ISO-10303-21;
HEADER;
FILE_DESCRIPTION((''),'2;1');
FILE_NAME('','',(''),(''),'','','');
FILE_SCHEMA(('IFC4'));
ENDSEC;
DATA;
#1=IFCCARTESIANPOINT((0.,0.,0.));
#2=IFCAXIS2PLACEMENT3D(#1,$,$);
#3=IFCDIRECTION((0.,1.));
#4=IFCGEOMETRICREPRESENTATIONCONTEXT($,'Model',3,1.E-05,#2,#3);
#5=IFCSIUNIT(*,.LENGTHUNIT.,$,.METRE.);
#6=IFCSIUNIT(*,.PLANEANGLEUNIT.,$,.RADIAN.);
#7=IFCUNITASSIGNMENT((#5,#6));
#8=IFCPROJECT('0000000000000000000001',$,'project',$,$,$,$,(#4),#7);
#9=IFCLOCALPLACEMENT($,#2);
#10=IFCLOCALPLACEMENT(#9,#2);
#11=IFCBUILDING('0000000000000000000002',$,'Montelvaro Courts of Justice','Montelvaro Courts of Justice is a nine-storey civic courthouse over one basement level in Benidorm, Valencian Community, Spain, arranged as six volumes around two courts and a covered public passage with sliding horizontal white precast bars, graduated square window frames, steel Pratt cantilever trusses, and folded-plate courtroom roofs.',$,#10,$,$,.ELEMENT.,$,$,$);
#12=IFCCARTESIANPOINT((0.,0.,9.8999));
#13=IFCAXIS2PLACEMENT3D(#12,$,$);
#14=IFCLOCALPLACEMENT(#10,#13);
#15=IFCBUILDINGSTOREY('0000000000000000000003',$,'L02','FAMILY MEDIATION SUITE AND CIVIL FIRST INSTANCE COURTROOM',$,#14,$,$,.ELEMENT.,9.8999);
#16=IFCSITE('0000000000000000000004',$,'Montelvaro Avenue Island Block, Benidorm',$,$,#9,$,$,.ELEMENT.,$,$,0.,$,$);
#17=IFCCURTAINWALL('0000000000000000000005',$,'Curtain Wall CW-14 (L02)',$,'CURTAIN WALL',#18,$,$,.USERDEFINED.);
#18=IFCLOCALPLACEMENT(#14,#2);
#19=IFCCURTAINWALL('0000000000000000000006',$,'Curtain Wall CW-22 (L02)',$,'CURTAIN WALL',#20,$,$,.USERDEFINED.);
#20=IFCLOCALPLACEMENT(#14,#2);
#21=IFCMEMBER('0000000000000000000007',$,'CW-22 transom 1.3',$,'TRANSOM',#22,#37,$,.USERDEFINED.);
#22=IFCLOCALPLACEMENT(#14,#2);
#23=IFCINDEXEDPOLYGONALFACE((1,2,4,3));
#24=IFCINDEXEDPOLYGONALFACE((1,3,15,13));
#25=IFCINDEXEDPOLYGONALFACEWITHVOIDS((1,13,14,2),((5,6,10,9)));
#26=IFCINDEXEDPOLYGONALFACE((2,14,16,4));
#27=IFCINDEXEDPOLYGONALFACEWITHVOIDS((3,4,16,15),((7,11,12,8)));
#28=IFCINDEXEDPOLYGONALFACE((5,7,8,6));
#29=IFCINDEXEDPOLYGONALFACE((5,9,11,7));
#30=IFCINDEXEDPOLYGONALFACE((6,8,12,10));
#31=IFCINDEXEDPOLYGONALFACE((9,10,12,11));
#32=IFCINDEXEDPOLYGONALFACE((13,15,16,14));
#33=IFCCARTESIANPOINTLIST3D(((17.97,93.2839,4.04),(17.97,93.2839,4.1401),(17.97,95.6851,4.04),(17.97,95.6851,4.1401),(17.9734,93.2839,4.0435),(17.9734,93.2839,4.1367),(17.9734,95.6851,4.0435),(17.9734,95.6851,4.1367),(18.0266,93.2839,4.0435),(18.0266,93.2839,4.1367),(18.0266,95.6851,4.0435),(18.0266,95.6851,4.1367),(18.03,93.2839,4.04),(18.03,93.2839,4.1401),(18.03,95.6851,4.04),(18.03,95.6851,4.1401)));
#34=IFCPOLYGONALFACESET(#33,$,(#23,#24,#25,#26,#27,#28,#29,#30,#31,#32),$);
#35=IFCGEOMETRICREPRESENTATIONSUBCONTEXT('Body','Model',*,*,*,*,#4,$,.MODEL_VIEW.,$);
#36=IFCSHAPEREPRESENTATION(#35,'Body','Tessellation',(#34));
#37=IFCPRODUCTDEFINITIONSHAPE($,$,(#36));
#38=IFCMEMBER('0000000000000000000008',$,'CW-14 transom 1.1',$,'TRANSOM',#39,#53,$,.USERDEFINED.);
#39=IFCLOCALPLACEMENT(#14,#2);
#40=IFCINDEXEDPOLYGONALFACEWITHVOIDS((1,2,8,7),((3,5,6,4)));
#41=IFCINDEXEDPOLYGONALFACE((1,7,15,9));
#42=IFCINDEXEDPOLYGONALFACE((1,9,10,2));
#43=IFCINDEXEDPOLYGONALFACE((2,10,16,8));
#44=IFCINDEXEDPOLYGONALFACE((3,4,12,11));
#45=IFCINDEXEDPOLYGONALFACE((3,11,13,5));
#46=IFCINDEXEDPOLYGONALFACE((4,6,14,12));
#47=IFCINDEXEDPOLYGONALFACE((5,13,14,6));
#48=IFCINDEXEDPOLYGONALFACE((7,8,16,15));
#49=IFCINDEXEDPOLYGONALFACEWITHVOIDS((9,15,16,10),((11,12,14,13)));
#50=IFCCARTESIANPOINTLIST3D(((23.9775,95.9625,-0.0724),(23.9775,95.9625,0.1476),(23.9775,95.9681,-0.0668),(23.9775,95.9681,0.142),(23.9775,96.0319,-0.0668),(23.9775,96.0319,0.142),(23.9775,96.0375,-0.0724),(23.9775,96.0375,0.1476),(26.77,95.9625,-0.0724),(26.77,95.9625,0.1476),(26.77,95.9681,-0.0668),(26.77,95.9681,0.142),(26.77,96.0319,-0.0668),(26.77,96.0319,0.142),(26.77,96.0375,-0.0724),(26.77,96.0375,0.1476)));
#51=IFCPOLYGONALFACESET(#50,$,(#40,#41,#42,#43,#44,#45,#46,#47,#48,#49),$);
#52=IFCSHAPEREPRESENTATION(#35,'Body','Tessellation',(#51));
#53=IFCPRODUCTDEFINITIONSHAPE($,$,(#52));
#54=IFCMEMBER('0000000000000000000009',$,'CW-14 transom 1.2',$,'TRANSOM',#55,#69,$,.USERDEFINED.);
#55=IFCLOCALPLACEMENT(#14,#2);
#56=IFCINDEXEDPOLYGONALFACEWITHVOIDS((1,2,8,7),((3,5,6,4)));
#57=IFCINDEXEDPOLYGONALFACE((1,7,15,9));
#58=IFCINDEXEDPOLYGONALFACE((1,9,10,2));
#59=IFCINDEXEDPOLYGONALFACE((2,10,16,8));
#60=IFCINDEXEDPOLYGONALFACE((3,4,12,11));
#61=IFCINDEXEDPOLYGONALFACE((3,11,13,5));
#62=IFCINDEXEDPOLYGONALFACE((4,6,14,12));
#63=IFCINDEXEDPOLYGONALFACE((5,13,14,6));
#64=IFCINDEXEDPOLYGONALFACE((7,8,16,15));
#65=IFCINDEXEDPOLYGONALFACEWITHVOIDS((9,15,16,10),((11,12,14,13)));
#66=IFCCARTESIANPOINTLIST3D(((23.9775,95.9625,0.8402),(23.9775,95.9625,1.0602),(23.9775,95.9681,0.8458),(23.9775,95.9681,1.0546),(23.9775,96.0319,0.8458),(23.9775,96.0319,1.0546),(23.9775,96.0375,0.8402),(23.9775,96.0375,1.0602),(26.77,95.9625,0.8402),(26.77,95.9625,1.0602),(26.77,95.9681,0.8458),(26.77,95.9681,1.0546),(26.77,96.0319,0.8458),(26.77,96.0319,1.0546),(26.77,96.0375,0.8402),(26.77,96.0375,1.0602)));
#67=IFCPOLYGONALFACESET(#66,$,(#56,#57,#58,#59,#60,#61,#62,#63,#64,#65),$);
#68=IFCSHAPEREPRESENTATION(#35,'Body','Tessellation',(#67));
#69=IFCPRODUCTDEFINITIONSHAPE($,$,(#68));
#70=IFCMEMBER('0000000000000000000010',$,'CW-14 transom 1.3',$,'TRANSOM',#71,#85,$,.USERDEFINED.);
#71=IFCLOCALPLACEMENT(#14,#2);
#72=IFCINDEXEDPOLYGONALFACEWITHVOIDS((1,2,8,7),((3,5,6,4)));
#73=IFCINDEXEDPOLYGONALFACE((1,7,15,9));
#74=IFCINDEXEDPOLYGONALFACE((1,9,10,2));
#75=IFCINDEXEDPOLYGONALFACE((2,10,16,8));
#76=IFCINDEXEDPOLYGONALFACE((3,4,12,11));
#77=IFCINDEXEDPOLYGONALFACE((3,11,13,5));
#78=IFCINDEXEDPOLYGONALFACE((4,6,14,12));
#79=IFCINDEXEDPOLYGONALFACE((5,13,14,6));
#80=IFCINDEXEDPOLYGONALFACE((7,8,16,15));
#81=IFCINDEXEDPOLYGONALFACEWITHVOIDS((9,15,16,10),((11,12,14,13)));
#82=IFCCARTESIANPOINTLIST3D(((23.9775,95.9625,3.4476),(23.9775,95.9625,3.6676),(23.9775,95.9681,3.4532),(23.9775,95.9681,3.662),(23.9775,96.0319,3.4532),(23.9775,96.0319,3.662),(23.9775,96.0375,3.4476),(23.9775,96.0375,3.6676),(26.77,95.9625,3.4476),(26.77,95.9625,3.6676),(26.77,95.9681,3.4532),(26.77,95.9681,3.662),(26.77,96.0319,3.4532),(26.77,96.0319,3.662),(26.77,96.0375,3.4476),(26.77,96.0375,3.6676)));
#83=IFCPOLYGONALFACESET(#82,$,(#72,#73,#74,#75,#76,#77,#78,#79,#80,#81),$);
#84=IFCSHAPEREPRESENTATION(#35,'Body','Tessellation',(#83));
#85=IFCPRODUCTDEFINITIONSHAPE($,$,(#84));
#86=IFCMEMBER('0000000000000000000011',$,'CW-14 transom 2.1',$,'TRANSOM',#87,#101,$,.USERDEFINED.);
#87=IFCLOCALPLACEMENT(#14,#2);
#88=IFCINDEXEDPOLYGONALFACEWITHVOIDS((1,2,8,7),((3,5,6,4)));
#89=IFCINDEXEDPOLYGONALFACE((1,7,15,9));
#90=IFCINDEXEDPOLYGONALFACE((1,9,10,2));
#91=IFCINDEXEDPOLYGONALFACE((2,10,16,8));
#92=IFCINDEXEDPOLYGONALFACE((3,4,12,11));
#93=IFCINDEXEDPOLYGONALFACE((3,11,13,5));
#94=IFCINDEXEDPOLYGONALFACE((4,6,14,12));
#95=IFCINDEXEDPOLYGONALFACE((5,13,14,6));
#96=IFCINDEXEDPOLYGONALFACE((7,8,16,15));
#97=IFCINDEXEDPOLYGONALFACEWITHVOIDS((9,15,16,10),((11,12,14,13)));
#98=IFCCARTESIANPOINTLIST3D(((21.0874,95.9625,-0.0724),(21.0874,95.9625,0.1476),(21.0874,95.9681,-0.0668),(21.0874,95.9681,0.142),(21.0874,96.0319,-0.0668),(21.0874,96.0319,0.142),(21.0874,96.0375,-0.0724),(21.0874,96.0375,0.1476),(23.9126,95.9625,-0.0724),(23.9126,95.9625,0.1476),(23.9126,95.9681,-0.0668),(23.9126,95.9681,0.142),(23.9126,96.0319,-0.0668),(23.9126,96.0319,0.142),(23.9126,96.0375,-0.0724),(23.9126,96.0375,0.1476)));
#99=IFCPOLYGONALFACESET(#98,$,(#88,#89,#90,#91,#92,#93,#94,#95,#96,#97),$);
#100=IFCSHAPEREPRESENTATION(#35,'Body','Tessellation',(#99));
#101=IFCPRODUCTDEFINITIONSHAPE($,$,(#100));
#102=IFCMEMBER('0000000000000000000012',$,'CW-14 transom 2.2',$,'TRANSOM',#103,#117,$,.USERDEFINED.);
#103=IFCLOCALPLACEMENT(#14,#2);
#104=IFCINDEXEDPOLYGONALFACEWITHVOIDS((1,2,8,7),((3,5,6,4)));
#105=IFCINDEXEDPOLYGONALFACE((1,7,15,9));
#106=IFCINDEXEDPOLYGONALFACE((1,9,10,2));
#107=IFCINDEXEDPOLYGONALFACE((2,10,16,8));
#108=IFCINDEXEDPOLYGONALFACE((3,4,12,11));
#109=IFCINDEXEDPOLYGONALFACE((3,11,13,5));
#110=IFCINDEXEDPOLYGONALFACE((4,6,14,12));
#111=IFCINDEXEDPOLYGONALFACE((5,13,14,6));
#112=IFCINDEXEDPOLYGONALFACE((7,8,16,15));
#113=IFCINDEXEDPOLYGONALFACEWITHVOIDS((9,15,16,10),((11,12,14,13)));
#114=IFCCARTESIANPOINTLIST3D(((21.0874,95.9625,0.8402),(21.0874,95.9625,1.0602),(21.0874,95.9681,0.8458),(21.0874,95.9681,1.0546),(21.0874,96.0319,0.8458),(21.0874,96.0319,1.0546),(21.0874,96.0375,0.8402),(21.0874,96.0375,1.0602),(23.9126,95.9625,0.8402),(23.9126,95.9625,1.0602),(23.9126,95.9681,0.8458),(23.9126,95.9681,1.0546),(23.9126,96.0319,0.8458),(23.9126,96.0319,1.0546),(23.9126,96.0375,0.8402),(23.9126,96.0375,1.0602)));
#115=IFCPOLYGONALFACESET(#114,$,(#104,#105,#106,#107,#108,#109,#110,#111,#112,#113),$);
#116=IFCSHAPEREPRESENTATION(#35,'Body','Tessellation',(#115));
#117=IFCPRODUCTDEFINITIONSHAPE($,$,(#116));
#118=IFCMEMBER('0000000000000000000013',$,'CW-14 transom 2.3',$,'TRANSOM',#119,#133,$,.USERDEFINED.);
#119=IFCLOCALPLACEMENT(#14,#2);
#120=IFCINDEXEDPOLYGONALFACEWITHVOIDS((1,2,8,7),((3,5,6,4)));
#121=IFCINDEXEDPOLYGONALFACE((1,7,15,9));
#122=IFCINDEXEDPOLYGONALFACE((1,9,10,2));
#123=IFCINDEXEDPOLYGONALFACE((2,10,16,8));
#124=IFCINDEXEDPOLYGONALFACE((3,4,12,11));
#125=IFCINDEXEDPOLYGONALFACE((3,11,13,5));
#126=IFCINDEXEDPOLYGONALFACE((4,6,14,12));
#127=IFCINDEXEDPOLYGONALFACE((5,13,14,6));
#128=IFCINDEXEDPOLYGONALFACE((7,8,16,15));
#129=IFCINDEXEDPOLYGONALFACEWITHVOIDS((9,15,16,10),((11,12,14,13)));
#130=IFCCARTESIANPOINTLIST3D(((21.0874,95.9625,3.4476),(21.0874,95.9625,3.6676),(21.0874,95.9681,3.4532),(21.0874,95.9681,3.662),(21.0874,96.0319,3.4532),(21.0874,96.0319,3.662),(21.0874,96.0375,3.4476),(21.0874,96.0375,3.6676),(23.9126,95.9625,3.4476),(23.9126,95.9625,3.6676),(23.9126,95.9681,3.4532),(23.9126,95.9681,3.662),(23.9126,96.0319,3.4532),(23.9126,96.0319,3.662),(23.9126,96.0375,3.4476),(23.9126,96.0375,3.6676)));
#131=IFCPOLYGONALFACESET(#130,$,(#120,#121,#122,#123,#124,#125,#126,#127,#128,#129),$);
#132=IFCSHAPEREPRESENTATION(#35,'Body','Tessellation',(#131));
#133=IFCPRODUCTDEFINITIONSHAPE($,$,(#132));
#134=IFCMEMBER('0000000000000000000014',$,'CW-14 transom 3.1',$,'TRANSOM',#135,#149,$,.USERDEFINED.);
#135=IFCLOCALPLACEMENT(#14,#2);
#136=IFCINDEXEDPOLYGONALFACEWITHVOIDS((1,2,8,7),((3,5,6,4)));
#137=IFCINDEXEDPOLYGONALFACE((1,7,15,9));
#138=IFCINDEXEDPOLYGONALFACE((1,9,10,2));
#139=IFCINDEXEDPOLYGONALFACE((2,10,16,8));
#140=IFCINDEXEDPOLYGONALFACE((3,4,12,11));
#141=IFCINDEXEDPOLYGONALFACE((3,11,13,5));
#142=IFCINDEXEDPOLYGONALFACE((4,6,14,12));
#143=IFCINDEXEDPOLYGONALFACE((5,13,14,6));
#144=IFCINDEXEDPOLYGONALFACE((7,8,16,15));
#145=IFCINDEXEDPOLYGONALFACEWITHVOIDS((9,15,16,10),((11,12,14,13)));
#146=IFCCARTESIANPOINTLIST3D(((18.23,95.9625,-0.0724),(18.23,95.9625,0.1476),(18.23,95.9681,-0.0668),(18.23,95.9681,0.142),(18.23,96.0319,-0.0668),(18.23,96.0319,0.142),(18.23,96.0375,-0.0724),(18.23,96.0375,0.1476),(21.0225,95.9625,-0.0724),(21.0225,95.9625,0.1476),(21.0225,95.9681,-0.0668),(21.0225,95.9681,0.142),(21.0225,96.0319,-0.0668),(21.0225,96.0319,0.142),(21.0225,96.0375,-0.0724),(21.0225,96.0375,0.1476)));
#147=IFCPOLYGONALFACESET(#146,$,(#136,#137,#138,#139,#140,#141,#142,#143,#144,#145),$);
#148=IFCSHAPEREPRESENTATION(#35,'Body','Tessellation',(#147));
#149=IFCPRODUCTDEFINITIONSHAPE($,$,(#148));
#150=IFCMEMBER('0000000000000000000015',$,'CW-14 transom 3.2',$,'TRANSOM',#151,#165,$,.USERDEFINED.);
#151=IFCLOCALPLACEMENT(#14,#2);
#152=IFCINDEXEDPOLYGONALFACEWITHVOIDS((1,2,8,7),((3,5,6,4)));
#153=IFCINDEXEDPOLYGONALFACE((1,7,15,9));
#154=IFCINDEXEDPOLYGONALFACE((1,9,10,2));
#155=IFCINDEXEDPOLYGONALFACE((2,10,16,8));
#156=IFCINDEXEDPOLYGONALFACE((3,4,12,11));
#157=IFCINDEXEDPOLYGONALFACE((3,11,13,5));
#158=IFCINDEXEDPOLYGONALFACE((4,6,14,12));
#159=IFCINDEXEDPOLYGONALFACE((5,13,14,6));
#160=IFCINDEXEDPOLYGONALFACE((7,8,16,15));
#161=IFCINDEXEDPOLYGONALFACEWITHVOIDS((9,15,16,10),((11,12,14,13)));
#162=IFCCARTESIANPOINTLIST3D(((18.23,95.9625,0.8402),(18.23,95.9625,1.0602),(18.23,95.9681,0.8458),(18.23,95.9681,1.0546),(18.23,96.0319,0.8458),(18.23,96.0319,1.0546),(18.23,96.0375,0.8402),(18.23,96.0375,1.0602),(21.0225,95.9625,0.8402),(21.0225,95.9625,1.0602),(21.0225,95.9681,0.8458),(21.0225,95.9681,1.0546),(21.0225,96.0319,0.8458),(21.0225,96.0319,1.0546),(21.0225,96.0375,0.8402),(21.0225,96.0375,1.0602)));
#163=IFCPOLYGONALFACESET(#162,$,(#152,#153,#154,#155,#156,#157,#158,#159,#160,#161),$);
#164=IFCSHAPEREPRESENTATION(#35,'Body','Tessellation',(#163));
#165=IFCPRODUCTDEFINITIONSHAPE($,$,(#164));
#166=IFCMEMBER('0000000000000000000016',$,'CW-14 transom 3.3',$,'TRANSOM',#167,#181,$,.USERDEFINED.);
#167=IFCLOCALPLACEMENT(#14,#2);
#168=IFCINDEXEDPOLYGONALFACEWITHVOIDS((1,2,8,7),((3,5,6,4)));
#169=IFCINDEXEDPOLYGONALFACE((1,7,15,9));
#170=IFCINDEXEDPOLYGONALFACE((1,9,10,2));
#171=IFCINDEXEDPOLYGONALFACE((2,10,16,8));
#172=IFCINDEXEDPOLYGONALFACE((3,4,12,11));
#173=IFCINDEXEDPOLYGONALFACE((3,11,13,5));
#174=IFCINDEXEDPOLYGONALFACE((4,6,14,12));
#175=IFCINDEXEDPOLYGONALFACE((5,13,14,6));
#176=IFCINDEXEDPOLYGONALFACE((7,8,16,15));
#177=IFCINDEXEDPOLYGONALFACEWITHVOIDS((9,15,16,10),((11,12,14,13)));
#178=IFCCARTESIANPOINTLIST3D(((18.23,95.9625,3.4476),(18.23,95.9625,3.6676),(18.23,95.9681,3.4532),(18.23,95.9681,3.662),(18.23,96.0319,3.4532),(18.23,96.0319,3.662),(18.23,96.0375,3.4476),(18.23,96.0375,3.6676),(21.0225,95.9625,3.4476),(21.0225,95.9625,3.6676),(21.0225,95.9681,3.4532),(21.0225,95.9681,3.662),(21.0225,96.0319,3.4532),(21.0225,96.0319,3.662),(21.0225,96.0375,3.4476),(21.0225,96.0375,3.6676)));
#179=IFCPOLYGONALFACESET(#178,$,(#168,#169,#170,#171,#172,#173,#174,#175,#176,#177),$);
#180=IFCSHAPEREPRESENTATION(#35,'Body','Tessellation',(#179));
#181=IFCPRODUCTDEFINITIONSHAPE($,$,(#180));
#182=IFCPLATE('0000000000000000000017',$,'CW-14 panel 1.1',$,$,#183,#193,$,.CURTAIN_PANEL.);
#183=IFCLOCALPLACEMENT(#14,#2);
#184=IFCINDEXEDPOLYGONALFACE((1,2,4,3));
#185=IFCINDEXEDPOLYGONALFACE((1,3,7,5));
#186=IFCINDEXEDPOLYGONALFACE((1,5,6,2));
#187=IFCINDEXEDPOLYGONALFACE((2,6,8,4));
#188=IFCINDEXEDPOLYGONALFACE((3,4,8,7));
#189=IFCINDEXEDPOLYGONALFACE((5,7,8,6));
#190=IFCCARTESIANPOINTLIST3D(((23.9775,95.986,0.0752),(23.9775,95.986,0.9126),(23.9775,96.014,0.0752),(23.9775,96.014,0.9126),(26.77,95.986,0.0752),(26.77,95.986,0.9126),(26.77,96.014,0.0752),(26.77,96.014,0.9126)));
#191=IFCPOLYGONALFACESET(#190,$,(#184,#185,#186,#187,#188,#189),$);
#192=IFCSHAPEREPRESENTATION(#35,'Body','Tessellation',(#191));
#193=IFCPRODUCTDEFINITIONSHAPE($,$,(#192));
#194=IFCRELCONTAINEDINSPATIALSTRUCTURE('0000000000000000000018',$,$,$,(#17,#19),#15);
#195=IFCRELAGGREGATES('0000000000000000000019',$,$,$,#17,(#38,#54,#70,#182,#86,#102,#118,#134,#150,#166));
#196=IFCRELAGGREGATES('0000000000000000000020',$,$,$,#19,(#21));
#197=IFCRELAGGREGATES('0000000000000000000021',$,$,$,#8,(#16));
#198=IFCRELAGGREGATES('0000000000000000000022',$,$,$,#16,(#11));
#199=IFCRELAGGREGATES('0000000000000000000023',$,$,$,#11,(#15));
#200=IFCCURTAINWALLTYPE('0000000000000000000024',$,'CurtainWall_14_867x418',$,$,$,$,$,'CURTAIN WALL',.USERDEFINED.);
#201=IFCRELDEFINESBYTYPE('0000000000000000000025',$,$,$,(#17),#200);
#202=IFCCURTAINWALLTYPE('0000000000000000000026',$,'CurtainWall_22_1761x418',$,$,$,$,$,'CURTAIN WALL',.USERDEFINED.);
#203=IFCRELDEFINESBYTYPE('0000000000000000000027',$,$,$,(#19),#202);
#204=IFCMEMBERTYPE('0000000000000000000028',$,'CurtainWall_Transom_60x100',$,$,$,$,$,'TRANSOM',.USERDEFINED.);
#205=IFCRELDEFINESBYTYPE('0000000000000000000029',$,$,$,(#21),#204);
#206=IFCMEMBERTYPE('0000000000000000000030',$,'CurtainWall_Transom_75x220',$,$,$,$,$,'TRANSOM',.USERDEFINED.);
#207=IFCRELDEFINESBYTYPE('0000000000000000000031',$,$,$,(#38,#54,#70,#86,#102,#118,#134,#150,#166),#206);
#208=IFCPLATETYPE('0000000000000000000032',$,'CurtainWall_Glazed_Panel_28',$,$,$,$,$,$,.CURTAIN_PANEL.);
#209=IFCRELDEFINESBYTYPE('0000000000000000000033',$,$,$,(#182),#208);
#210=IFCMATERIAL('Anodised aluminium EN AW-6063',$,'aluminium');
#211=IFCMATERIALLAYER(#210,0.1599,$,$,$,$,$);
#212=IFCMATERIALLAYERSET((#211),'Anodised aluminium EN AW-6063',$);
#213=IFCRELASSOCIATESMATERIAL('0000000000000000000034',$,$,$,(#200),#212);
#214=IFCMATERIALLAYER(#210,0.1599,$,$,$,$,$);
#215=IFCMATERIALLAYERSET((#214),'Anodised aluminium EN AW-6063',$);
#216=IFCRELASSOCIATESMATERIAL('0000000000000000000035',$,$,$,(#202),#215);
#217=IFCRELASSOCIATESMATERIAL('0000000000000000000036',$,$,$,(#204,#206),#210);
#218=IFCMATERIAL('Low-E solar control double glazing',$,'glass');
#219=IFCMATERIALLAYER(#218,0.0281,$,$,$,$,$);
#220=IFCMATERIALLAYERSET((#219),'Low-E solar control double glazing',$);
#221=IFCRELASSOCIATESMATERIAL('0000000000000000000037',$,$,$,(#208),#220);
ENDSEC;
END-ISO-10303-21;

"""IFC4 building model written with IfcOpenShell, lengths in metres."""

from ifc_helpers import new_model, si_unit, direction, frame, origin, origin_2d, place, context, subcontext, project, spatial, rectangle, hollow_rectangle, extrude, material, layer, layer_set, material_profile, profile_set, type_object, element, aggregate, save


model = new_model("IFC4")

# Units and contexts
model_context = context("Model", 3, precision=1e-05, world=origin(), true_north=direction((0.0, 1.0)))
body_context = subcontext(model_context, "Body", "Model", "MODEL_VIEW")
ifc_project = project(units=[si_unit("LENGTHUNIT", "METRE"), si_unit("PLANEANGLEUNIT", "RADIAN")], contexts=[model_context])

# Site, building, storey
site_placement = place(None, origin())
site = spatial("IfcSite", under=ifc_project, at=site_placement, Name="Montelvaro Avenue Island Block, Benidorm", CompositionType="ELEMENT", RefElevation=0.0)
building_placement = place(site_placement, origin())
building = spatial("IfcBuilding", under=site, at=building_placement, Name="Montelvaro Courts of Justice", Description="Montelvaro Courts of Justice is a nine-storey civic courthouse over one basement level in Benidorm, Valencian Community, Spain, arranged as six volumes around two courts and a covered public passage with sliding horizontal white precast bars, graduated square window frames, steel Pratt cantilever trusses, and folded-plate courtroom roofs.", CompositionType="ELEMENT")
storey_placement = place(building_placement, frame((0.0, 0.0, 9.8999)))
storey = spatial("IfcBuildingStorey", under=building, at=storey_placement, Name="L02", Description="FAMILY MEDIATION SUITE AND CIVIL FIRST INSTANCE COURTROOM", CompositionType="ELEMENT", Elevation=9.8999)

# Curtain walls, member
ifc_material_1 = material(Name="Anodised aluminium EN AW-6063", Category="aluminium")
ifc_layer_1 = layer(ifc_material_1, 0.1599)
ifc_layer_set_1 = layer_set([ifc_layer_1], Name="Anodised aluminium EN AW-6063")
curtain_wall_type_1 = type_object("IfcCurtainWallType", Name="CurtainWall_14_867x418", ElementType="CURTAIN WALL", PredefinedType="USERDEFINED", material=ifc_layer_set_1)
curtain_wall_1_placement = place(storey_placement, origin())
curtain_wall_1 = element("IfcCurtainWall", 1, at=curtain_wall_1_placement, inside=storey, type_object=curtain_wall_type_1, Name="Curtain Wall CW-14 (L02)", ObjectType="CURTAIN WALL", PredefinedType="USERDEFINED")
ifc_layer_2 = layer(ifc_material_1, 0.1599)
ifc_layer_set_2 = layer_set([ifc_layer_2], Name="Anodised aluminium EN AW-6063")
curtain_wall_type_2 = type_object("IfcCurtainWallType", Name="CurtainWall_22_1761x418", ElementType="CURTAIN WALL", PredefinedType="USERDEFINED", material=ifc_layer_set_2)
curtain_wall_2_placement = place(storey_placement, origin())
curtain_wall_2 = element("IfcCurtainWall", 2, at=curtain_wall_2_placement, inside=storey, type_object=curtain_wall_type_2, Name="Curtain Wall CW-22 (L02)", ObjectType="CURTAIN WALL", PredefinedType="USERDEFINED")
ifc_material_profile_1 = material_profile(ifc_material_1, hollow_rectangle(XDim=0.0601, YDim=0.1001, WallThickness=0.0034, at=origin_2d()), Name="ALU-T 60x100")
ifc_profile_set_1 = profile_set([ifc_material_profile_1], Name="Anodised aluminium EN AW-6063")
member_type_1 = type_object("IfcMemberType", Name="CurtainWall_Transom_60x100", ElementType="TRANSOM", PredefinedType="USERDEFINED", material=ifc_profile_set_1)
member_1_placement = place(storey_placement, frame((18.0, 95.6851, 4.0901), z_axis=(0.0, -1.0, 0.0), x_axis=(1.0, 0.0, 0.0)))
member_1 = element("IfcMember", 3, at=member_1_placement, type_object=member_type_1, Name="CW-22 transom 1.3", ObjectType="TRANSOM", PredefinedType="USERDEFINED", context=body_context, shape_type="SweptSolid", body=[
    extrude(hollow_rectangle(XDim=0.0601, YDim=0.1001, WallThickness=0.0034, at=origin_2d()), origin(), (0.0, 0.0, 1.0), 2.4011),
])

# Members
ifc_material_profile_2 = material_profile(ifc_material_1, hollow_rectangle(XDim=0.075, YDim=0.22, WallThickness=0.0056, at=origin_2d()), Name="ALU-T 75x220")
ifc_profile_set_2 = profile_set([ifc_material_profile_2], Name="Anodised aluminium EN AW-6063")
member_type_2 = type_object("IfcMemberType", Name="CurtainWall_Transom_75x220", ElementType="TRANSOM", PredefinedType="USERDEFINED", material=ifc_profile_set_2)
member_2_placement = place(storey_placement, frame((26.77, 96.0, 0.0376), z_axis=(-1.0, 0.0, 0.0), x_axis=(0.0, -1.0, 0.0)))
member_2 = element("IfcMember", 4, at=member_2_placement, type_object=member_type_2, Name="CW-14 transom 1.1", ObjectType="TRANSOM", PredefinedType="USERDEFINED", context=body_context, shape_type="SweptSolid", body=[
    extrude(hollow_rectangle(XDim=0.075, YDim=0.22, WallThickness=0.0056, at=origin_2d()), origin(), (0.0, 0.0, 1.0), 2.7925),
])
member_3_placement = place(storey_placement, frame((26.77, 96.0, 0.9502), z_axis=(-1.0, 0.0, 0.0), x_axis=(0.0, -1.0, 0.0)))
member_3 = element("IfcMember", 5, at=member_3_placement, type_object=member_type_2, Name="CW-14 transom 1.2", ObjectType="TRANSOM", PredefinedType="USERDEFINED", context=body_context, shape_type="SweptSolid", body=[
    extrude(hollow_rectangle(XDim=0.075, YDim=0.22, WallThickness=0.0056, at=origin_2d()), origin(), (0.0, 0.0, 1.0), 2.7925),
])
member_4_placement = place(storey_placement, frame((26.77, 96.0, 3.5576), z_axis=(-1.0, 0.0, 0.0), x_axis=(0.0, -1.0, 0.0)))
member_4 = element("IfcMember", 6, at=member_4_placement, type_object=member_type_2, Name="CW-14 transom 1.3", ObjectType="TRANSOM", PredefinedType="USERDEFINED", context=body_context, shape_type="SweptSolid", body=[
    extrude(hollow_rectangle(XDim=0.075, YDim=0.22, WallThickness=0.0056, at=origin_2d()), origin(), (0.0, 0.0, 1.0), 2.7925),
])
member_5_placement = place(storey_placement, frame((23.9126, 96.0, 0.0376), z_axis=(-1.0, 0.0, 0.0), x_axis=(0.0, -1.0, 0.0)))
member_5 = element("IfcMember", 7, at=member_5_placement, type_object=member_type_2, Name="CW-14 transom 2.1", ObjectType="TRANSOM", PredefinedType="USERDEFINED", context=body_context, shape_type="SweptSolid", body=[
    extrude(hollow_rectangle(XDim=0.075, YDim=0.22, WallThickness=0.0056, at=origin_2d()), origin(), (0.0, 0.0, 1.0), 2.8252),
])
member_6_placement = place(storey_placement, frame((23.9126, 96.0, 0.9502), z_axis=(-1.0, 0.0, 0.0), x_axis=(0.0, -1.0, 0.0)))
member_6 = element("IfcMember", 8, at=member_6_placement, type_object=member_type_2, Name="CW-14 transom 2.2", ObjectType="TRANSOM", PredefinedType="USERDEFINED", context=body_context, shape_type="SweptSolid", body=[
    extrude(hollow_rectangle(XDim=0.075, YDim=0.22, WallThickness=0.0056, at=origin_2d()), origin(), (0.0, 0.0, 1.0), 2.8252),
])
member_7_placement = place(storey_placement, frame((23.9126, 96.0, 3.5576), z_axis=(-1.0, 0.0, 0.0), x_axis=(0.0, -1.0, 0.0)))
member_7 = element("IfcMember", 9, at=member_7_placement, type_object=member_type_2, Name="CW-14 transom 2.3", ObjectType="TRANSOM", PredefinedType="USERDEFINED", context=body_context, shape_type="SweptSolid", body=[
    extrude(hollow_rectangle(XDim=0.075, YDim=0.22, WallThickness=0.0056, at=origin_2d()), origin(), (0.0, 0.0, 1.0), 2.8252),
])
member_8_placement = place(storey_placement, frame((21.0225, 96.0, 0.0376), z_axis=(-1.0, 0.0, 0.0), x_axis=(0.0, -1.0, 0.0)))
member_8 = element("IfcMember", 10, at=member_8_placement, type_object=member_type_2, Name="CW-14 transom 3.1", ObjectType="TRANSOM", PredefinedType="USERDEFINED", context=body_context, shape_type="SweptSolid", body=[
    extrude(hollow_rectangle(XDim=0.075, YDim=0.22, WallThickness=0.0056, at=origin_2d()), origin(), (0.0, 0.0, 1.0), 2.7925),
])
member_9_placement = place(storey_placement, frame((21.0225, 96.0, 0.9502), z_axis=(-1.0, 0.0, 0.0), x_axis=(0.0, -1.0, 0.0)))
member_9 = element("IfcMember", 11, at=member_9_placement, type_object=member_type_2, Name="CW-14 transom 3.2", ObjectType="TRANSOM", PredefinedType="USERDEFINED", context=body_context, shape_type="SweptSolid", body=[
    extrude(hollow_rectangle(XDim=0.075, YDim=0.22, WallThickness=0.0056, at=origin_2d()), origin(), (0.0, 0.0, 1.0), 2.7925),
])
member_10_placement = place(storey_placement, frame((21.0225, 96.0, 3.5576), z_axis=(-1.0, 0.0, 0.0), x_axis=(0.0, -1.0, 0.0)))
member_10 = element("IfcMember", 12, at=member_10_placement, type_object=member_type_2, Name="CW-14 transom 3.3", ObjectType="TRANSOM", PredefinedType="USERDEFINED", context=body_context, shape_type="SweptSolid", body=[
    extrude(hollow_rectangle(XDim=0.075, YDim=0.22, WallThickness=0.0056, at=origin_2d()), origin(), (0.0, 0.0, 1.0), 2.7925),
])

# Plate
ifc_material_2 = material(Name="Low-E solar control double glazing", Category="glass")
ifc_layer_3 = layer(ifc_material_2, 0.0281)
ifc_layer_set_3 = layer_set([ifc_layer_3], Name="Low-E solar control double glazing")
plate_type = type_object("IfcPlateType", Name="CurtainWall_Glazed_Panel_28", PredefinedType="CURTAIN_PANEL", material=ifc_layer_set_3)
plate_1_placement = place(storey_placement, frame((25.3738, 96.0, 0.0752), z_axis=(0.0, 0.0, 1.0), x_axis=(-1.0, 0.0, 0.0)))
plate_1 = element("IfcPlate", 13, at=plate_1_placement, type_object=plate_type, Name="CW-14 panel 1.1", PredefinedType="CURTAIN_PANEL", context=body_context, shape_type="SweptSolid", body=[
    extrude(rectangle(XDim=2.7925, YDim=0.0281, at=origin_2d()), origin(), (0.0, 0.0, 1.0), 0.8374),
])
aggregate(curtain_wall_1, [member_2, member_3, member_4, plate_1, member_5, member_6, member_7, member_8, member_9, member_10])
aggregate(curtain_wall_2, [member_1])

save(model, "model.ifc")
